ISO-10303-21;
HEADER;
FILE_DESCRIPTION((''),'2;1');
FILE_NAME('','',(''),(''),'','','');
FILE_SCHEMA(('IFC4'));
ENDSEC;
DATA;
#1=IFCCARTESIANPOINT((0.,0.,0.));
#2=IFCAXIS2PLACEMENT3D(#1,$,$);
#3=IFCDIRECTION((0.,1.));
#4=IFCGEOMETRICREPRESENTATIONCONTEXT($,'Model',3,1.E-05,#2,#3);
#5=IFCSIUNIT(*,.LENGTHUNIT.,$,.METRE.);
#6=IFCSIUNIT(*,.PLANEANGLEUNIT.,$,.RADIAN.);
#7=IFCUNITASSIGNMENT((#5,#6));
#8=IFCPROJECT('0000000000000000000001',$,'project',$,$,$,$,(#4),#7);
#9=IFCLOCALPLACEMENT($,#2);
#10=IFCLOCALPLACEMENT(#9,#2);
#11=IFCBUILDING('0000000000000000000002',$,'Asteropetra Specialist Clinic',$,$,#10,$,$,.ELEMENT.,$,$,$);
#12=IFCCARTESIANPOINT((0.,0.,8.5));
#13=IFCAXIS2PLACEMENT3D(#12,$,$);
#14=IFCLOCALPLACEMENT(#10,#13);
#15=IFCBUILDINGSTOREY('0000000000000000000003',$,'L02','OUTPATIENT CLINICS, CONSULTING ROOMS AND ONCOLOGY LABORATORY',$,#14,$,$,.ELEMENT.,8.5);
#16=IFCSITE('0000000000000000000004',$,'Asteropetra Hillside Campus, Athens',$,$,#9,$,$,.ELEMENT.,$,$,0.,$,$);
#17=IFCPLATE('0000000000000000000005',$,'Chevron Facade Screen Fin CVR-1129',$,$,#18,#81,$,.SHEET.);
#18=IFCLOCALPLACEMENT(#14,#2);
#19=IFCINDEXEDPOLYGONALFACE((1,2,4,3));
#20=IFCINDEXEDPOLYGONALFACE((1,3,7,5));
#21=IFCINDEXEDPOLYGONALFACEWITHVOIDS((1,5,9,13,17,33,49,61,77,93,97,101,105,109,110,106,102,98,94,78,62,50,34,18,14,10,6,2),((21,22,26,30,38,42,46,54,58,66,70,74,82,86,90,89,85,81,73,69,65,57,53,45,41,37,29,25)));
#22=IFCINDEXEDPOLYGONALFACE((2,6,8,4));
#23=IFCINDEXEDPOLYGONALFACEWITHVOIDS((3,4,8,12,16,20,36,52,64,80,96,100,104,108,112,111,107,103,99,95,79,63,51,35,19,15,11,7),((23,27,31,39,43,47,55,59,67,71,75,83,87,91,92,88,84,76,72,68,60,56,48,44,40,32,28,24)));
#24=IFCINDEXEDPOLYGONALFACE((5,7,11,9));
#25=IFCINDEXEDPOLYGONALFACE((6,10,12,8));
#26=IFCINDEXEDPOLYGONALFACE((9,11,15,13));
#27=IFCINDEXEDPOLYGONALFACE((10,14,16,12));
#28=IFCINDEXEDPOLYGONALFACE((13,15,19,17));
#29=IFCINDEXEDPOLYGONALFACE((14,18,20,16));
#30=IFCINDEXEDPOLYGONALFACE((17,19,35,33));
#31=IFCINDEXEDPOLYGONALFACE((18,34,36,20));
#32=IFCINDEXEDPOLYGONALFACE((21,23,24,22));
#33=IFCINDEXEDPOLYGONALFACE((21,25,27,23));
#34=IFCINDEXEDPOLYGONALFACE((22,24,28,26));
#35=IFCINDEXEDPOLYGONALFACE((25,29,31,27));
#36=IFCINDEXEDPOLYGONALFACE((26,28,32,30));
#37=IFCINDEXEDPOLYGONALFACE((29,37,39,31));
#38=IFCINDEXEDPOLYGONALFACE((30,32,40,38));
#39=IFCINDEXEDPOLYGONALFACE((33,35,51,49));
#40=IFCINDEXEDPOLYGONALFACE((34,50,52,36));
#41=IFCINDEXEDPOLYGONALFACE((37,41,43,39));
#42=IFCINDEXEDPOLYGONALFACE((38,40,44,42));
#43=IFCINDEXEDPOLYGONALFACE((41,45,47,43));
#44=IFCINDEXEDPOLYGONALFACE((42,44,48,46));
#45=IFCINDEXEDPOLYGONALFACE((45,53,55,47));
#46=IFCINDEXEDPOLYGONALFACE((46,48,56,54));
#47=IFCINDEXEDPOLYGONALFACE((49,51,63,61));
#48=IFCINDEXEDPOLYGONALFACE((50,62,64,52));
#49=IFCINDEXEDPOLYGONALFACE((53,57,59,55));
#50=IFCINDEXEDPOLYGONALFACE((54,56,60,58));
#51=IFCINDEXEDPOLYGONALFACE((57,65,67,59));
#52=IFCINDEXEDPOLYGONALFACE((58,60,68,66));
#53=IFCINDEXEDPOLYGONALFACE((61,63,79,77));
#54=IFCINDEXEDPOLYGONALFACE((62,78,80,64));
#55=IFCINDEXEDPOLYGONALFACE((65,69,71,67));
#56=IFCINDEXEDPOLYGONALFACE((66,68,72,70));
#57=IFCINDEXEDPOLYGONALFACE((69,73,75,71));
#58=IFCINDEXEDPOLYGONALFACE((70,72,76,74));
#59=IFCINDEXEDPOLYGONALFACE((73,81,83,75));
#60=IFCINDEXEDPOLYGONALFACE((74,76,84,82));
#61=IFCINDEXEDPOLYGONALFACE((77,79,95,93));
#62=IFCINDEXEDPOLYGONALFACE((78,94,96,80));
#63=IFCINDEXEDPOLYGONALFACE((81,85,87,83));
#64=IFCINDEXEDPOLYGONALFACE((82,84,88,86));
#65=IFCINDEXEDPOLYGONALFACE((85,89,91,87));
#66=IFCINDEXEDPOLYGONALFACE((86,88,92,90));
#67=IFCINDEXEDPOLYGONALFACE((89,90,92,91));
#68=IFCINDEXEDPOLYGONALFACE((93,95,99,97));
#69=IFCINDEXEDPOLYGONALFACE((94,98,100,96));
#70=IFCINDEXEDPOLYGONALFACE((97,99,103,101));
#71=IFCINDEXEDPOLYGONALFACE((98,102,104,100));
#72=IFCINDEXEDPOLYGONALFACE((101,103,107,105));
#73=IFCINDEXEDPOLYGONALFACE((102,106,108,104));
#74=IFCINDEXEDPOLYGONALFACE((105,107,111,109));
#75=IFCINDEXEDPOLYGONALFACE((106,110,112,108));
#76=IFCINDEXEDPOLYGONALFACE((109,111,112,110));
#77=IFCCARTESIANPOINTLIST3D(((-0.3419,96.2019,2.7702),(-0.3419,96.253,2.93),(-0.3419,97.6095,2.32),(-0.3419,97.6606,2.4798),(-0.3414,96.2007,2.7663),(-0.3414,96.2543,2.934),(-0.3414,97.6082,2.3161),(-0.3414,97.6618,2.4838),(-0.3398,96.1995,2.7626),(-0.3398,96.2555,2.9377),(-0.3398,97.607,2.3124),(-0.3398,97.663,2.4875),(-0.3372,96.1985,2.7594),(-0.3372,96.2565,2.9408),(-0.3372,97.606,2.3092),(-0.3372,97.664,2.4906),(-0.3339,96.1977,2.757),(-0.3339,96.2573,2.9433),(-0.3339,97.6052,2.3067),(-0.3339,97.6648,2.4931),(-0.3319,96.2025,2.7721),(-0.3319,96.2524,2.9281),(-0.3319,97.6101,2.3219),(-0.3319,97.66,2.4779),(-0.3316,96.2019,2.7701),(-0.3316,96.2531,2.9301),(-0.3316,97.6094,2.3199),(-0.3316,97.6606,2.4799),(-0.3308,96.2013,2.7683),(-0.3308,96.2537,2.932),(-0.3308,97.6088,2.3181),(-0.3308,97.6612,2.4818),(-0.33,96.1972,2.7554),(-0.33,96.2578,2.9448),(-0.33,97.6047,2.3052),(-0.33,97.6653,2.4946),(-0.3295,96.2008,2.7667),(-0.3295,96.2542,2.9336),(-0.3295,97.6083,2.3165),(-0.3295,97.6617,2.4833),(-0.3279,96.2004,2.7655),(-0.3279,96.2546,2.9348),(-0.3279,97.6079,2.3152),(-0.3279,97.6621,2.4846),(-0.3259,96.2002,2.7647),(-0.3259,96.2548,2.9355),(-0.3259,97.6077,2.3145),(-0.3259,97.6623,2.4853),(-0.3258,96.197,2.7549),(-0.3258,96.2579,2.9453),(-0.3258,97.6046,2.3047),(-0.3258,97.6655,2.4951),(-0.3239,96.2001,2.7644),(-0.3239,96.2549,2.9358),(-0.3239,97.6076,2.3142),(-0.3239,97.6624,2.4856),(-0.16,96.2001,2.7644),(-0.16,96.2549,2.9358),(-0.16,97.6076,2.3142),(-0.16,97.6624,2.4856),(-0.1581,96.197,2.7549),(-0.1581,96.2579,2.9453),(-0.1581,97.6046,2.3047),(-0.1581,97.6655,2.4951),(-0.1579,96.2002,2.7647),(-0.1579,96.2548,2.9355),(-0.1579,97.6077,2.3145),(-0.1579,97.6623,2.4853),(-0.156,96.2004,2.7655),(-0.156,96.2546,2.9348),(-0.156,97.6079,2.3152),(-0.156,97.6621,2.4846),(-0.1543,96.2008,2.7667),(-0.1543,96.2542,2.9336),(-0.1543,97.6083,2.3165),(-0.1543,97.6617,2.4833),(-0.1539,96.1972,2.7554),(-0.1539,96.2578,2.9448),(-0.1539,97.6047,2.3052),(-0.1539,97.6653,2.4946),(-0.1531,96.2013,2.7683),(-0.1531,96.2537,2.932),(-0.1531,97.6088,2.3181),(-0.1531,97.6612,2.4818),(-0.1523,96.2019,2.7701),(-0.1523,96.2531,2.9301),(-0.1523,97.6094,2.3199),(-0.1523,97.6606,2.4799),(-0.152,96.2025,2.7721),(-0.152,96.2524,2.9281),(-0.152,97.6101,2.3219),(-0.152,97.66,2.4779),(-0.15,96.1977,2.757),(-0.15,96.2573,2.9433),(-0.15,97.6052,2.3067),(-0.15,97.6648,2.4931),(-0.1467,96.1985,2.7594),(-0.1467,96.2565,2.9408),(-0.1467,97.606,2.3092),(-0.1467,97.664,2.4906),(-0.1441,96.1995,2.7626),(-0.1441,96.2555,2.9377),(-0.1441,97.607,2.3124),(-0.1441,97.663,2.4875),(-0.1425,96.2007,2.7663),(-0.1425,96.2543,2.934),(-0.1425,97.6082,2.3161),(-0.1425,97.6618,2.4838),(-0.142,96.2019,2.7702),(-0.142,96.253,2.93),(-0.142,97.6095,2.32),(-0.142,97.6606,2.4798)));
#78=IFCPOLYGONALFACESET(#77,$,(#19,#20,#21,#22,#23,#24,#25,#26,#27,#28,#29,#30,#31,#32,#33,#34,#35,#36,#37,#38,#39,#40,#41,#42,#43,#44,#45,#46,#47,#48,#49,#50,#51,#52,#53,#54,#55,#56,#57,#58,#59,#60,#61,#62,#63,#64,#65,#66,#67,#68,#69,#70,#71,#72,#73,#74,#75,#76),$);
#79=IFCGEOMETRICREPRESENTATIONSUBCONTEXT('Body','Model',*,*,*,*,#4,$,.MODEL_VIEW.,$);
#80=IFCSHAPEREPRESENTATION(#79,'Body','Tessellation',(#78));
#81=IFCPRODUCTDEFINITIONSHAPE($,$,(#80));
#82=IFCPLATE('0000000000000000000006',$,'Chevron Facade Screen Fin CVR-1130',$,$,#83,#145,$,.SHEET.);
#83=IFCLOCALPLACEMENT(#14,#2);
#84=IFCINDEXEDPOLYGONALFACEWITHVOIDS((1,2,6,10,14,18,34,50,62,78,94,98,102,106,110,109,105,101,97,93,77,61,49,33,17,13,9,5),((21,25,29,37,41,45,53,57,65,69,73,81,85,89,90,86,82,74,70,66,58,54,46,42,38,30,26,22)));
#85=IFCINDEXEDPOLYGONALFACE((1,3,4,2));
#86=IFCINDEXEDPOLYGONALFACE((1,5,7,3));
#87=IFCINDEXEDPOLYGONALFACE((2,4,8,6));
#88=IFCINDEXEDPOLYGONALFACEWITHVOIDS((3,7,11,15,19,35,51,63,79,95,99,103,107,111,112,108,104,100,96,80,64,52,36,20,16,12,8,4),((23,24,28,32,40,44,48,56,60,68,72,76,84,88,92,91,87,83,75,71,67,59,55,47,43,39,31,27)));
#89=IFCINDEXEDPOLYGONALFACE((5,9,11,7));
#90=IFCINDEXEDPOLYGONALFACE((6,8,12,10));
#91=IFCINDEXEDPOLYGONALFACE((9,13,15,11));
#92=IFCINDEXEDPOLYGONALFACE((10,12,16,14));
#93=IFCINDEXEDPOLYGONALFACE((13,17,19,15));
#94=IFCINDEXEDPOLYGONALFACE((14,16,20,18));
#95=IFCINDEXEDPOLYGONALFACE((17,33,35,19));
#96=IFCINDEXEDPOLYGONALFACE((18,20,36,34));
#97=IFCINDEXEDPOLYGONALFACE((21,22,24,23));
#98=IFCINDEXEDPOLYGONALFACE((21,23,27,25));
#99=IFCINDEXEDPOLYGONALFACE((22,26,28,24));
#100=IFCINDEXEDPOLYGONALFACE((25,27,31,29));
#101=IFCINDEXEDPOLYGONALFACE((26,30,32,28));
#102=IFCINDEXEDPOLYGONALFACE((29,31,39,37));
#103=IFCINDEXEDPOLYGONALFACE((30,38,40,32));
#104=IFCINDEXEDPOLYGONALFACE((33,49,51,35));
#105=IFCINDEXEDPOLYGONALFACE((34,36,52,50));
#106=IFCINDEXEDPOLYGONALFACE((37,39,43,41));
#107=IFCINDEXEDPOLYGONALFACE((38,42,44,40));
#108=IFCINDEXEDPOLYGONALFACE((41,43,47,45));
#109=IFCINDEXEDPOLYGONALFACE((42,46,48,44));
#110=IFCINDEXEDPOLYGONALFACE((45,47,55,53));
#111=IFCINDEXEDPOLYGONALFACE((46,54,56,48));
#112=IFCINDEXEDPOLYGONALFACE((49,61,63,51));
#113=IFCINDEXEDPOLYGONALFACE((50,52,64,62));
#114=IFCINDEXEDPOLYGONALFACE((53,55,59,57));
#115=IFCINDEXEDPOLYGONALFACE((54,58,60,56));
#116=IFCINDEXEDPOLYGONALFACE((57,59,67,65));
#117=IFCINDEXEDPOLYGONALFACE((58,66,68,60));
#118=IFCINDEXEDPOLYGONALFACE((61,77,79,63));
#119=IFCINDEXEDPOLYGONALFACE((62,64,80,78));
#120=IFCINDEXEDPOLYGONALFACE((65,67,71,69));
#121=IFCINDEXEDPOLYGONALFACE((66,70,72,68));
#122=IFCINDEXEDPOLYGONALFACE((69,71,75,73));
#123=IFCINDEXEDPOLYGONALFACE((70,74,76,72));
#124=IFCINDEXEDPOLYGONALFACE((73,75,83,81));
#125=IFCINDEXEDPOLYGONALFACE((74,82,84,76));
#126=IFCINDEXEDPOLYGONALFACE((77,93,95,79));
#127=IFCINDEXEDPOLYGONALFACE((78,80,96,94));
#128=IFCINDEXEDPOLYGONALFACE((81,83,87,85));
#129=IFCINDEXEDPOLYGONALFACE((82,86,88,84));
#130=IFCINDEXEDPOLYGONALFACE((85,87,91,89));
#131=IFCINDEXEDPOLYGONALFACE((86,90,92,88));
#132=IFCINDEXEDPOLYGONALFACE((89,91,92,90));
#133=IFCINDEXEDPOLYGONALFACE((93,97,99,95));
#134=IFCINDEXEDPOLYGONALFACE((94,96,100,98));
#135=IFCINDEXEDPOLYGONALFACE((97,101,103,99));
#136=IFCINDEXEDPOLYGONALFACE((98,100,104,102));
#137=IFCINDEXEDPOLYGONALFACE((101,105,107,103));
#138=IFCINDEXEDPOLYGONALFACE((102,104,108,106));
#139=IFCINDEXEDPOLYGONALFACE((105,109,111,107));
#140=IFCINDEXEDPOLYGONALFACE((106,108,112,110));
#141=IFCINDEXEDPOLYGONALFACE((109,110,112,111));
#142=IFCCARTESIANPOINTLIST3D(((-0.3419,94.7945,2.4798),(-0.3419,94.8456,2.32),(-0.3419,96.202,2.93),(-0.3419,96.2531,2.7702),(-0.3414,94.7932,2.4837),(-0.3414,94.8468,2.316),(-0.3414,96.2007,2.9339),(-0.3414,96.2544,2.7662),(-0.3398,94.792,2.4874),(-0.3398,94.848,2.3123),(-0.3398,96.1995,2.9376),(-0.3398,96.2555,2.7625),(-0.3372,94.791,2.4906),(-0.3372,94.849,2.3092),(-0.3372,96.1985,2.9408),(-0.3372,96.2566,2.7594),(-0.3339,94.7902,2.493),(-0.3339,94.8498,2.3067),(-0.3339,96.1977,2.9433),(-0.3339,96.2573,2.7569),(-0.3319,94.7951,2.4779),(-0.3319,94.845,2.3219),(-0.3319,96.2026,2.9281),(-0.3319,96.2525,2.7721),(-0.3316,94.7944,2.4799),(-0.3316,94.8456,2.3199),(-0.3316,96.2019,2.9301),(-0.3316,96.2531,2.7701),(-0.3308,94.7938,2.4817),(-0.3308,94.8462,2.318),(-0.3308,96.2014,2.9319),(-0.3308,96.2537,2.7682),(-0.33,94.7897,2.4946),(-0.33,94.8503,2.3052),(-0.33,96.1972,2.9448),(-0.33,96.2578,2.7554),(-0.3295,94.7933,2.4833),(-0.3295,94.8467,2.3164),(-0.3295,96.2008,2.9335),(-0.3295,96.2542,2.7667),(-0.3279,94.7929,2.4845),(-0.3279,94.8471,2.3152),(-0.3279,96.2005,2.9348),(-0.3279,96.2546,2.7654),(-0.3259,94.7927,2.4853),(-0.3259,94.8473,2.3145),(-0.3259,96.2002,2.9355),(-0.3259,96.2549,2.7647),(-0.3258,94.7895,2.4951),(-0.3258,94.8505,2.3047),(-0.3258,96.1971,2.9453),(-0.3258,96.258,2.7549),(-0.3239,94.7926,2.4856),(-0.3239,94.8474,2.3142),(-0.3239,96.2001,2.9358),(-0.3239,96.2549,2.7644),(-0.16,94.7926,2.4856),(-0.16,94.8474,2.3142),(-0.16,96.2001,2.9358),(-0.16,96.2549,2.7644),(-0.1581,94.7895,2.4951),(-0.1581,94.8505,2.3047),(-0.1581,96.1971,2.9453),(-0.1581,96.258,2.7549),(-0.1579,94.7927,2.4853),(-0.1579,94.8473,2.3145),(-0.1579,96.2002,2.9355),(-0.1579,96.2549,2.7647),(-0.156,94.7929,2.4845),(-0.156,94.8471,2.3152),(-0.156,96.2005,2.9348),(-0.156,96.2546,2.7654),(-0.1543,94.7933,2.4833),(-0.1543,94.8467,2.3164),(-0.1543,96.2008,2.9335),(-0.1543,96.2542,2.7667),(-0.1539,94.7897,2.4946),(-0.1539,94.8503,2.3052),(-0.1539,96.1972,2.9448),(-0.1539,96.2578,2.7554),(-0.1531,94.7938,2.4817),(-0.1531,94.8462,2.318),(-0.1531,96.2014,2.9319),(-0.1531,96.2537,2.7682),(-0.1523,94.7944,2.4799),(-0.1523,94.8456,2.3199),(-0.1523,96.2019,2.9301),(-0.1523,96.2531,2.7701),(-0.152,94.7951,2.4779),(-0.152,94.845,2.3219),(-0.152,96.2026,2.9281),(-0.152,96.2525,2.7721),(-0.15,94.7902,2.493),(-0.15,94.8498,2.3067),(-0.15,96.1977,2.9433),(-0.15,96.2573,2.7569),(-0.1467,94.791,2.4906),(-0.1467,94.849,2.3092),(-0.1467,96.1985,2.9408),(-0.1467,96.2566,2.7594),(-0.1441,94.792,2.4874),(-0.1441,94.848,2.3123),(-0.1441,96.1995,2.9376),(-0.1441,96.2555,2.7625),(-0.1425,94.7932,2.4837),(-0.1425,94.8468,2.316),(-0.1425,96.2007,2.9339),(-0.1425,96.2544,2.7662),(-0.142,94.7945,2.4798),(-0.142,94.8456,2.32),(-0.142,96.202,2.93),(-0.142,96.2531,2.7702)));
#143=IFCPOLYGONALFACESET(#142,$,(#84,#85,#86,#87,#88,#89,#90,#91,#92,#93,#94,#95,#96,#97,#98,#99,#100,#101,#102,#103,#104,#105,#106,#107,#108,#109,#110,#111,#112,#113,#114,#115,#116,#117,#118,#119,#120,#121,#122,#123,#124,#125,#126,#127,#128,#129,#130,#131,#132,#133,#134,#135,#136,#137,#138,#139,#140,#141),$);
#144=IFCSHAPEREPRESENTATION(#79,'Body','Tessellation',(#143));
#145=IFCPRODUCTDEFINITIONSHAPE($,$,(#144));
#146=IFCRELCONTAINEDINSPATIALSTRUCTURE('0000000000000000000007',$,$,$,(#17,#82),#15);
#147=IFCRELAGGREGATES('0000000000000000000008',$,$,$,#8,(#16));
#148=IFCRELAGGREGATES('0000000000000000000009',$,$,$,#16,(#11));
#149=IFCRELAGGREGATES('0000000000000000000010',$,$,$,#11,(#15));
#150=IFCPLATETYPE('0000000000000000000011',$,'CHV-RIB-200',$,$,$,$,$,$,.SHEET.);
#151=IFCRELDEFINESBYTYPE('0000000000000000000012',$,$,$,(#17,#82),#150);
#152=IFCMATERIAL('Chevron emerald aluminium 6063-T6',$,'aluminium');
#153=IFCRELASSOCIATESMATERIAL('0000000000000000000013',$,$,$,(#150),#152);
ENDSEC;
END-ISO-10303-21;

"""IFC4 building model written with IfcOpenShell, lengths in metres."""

from ifc_helpers import new_model, si_unit, direction, frame, origin, origin_2d, place, context, subcontext, project, spatial, hollow_rectangle, extrude, material, material_profile, profile_set, type_object, element, save


model = new_model("IFC4")

# Units and contexts
model_context = context("Model", 3, precision=1e-05, world=origin(), true_north=direction((0.0, 1.0)))
body_context = subcontext(model_context, "Body", "Model", "MODEL_VIEW")
ifc_project = project(units=[si_unit("LENGTHUNIT", "METRE"), si_unit("PLANEANGLEUNIT", "RADIAN")], contexts=[model_context])

# Site, building, storey
site_placement = place(None, origin())
site = spatial("IfcSite", under=ifc_project, at=site_placement, Name="Asteropetra Hillside Campus, Athens", CompositionType="ELEMENT", RefElevation=0.0)
building_placement = place(site_placement, origin())
building = spatial("IfcBuilding", under=site, at=building_placement, Name="Asteropetra Specialist Clinic", CompositionType="ELEMENT")
storey_placement = place(building_placement, frame((0.0, 0.0, 8.5)))
storey = spatial("IfcBuildingStorey", under=building, at=storey_placement, Name="L02", Description="OUTPATIENT CLINICS, CONSULTING ROOMS AND ONCOLOGY LABORATORY", CompositionType="ELEMENT", Elevation=8.5)

# Plates
ifc_material_1 = material(Name="Chevron emerald aluminium 6063-T6", Category="aluminium")
ifc_material_profile = material_profile(ifc_material_1, hollow_rectangle(XDim=0.2, YDim=0.2, WallThickness=0.01, InnerFilletRadius=0.0081, OuterFilletRadius=0.0161, at=origin_2d()), Name="SHS 200x200x10.0")
ifc_profile_set = profile_set([ifc_material_profile], Name="Chevron emerald aluminium 6063-T6")
plate_type_1 = type_object("IfcPlateType", Name="CHV-RIB-200", PredefinedType="SHEET", material=ifc_profile_set)
for number, where, z_axis, x_axis, name in (
    (1, (-0.2419, 97.635, 2.3999), (0.0, -0.952463, 0.304656), (1.0, 0.0, 0.0), "Chevron Facade Screen Fin CVR-1129"),
    (2, (-0.2419, 96.2275, 2.8501), (0.0, -0.952463, -0.304656), (1.0, 0.0, 0.0), "Chevron Facade Screen Fin CVR-1130"),
):
    element("IfcPlate", number, at=place(storey_placement, frame(where, z_axis=z_axis, x_axis=x_axis)), inside=storey, type_object=plate_type_1, Name=name, PredefinedType="SHEET", context=body_context, shape_type="SweptSolid", body=[
        extrude(hollow_rectangle(XDim=0.2, YDim=0.2, WallThickness=0.01, InnerFilletRadius=0.0081, OuterFilletRadius=0.0161, at=origin_2d()), origin(), (0.0, 0.0, 1.0), 1.4778),
    ])

save(model, "model.ifc")
